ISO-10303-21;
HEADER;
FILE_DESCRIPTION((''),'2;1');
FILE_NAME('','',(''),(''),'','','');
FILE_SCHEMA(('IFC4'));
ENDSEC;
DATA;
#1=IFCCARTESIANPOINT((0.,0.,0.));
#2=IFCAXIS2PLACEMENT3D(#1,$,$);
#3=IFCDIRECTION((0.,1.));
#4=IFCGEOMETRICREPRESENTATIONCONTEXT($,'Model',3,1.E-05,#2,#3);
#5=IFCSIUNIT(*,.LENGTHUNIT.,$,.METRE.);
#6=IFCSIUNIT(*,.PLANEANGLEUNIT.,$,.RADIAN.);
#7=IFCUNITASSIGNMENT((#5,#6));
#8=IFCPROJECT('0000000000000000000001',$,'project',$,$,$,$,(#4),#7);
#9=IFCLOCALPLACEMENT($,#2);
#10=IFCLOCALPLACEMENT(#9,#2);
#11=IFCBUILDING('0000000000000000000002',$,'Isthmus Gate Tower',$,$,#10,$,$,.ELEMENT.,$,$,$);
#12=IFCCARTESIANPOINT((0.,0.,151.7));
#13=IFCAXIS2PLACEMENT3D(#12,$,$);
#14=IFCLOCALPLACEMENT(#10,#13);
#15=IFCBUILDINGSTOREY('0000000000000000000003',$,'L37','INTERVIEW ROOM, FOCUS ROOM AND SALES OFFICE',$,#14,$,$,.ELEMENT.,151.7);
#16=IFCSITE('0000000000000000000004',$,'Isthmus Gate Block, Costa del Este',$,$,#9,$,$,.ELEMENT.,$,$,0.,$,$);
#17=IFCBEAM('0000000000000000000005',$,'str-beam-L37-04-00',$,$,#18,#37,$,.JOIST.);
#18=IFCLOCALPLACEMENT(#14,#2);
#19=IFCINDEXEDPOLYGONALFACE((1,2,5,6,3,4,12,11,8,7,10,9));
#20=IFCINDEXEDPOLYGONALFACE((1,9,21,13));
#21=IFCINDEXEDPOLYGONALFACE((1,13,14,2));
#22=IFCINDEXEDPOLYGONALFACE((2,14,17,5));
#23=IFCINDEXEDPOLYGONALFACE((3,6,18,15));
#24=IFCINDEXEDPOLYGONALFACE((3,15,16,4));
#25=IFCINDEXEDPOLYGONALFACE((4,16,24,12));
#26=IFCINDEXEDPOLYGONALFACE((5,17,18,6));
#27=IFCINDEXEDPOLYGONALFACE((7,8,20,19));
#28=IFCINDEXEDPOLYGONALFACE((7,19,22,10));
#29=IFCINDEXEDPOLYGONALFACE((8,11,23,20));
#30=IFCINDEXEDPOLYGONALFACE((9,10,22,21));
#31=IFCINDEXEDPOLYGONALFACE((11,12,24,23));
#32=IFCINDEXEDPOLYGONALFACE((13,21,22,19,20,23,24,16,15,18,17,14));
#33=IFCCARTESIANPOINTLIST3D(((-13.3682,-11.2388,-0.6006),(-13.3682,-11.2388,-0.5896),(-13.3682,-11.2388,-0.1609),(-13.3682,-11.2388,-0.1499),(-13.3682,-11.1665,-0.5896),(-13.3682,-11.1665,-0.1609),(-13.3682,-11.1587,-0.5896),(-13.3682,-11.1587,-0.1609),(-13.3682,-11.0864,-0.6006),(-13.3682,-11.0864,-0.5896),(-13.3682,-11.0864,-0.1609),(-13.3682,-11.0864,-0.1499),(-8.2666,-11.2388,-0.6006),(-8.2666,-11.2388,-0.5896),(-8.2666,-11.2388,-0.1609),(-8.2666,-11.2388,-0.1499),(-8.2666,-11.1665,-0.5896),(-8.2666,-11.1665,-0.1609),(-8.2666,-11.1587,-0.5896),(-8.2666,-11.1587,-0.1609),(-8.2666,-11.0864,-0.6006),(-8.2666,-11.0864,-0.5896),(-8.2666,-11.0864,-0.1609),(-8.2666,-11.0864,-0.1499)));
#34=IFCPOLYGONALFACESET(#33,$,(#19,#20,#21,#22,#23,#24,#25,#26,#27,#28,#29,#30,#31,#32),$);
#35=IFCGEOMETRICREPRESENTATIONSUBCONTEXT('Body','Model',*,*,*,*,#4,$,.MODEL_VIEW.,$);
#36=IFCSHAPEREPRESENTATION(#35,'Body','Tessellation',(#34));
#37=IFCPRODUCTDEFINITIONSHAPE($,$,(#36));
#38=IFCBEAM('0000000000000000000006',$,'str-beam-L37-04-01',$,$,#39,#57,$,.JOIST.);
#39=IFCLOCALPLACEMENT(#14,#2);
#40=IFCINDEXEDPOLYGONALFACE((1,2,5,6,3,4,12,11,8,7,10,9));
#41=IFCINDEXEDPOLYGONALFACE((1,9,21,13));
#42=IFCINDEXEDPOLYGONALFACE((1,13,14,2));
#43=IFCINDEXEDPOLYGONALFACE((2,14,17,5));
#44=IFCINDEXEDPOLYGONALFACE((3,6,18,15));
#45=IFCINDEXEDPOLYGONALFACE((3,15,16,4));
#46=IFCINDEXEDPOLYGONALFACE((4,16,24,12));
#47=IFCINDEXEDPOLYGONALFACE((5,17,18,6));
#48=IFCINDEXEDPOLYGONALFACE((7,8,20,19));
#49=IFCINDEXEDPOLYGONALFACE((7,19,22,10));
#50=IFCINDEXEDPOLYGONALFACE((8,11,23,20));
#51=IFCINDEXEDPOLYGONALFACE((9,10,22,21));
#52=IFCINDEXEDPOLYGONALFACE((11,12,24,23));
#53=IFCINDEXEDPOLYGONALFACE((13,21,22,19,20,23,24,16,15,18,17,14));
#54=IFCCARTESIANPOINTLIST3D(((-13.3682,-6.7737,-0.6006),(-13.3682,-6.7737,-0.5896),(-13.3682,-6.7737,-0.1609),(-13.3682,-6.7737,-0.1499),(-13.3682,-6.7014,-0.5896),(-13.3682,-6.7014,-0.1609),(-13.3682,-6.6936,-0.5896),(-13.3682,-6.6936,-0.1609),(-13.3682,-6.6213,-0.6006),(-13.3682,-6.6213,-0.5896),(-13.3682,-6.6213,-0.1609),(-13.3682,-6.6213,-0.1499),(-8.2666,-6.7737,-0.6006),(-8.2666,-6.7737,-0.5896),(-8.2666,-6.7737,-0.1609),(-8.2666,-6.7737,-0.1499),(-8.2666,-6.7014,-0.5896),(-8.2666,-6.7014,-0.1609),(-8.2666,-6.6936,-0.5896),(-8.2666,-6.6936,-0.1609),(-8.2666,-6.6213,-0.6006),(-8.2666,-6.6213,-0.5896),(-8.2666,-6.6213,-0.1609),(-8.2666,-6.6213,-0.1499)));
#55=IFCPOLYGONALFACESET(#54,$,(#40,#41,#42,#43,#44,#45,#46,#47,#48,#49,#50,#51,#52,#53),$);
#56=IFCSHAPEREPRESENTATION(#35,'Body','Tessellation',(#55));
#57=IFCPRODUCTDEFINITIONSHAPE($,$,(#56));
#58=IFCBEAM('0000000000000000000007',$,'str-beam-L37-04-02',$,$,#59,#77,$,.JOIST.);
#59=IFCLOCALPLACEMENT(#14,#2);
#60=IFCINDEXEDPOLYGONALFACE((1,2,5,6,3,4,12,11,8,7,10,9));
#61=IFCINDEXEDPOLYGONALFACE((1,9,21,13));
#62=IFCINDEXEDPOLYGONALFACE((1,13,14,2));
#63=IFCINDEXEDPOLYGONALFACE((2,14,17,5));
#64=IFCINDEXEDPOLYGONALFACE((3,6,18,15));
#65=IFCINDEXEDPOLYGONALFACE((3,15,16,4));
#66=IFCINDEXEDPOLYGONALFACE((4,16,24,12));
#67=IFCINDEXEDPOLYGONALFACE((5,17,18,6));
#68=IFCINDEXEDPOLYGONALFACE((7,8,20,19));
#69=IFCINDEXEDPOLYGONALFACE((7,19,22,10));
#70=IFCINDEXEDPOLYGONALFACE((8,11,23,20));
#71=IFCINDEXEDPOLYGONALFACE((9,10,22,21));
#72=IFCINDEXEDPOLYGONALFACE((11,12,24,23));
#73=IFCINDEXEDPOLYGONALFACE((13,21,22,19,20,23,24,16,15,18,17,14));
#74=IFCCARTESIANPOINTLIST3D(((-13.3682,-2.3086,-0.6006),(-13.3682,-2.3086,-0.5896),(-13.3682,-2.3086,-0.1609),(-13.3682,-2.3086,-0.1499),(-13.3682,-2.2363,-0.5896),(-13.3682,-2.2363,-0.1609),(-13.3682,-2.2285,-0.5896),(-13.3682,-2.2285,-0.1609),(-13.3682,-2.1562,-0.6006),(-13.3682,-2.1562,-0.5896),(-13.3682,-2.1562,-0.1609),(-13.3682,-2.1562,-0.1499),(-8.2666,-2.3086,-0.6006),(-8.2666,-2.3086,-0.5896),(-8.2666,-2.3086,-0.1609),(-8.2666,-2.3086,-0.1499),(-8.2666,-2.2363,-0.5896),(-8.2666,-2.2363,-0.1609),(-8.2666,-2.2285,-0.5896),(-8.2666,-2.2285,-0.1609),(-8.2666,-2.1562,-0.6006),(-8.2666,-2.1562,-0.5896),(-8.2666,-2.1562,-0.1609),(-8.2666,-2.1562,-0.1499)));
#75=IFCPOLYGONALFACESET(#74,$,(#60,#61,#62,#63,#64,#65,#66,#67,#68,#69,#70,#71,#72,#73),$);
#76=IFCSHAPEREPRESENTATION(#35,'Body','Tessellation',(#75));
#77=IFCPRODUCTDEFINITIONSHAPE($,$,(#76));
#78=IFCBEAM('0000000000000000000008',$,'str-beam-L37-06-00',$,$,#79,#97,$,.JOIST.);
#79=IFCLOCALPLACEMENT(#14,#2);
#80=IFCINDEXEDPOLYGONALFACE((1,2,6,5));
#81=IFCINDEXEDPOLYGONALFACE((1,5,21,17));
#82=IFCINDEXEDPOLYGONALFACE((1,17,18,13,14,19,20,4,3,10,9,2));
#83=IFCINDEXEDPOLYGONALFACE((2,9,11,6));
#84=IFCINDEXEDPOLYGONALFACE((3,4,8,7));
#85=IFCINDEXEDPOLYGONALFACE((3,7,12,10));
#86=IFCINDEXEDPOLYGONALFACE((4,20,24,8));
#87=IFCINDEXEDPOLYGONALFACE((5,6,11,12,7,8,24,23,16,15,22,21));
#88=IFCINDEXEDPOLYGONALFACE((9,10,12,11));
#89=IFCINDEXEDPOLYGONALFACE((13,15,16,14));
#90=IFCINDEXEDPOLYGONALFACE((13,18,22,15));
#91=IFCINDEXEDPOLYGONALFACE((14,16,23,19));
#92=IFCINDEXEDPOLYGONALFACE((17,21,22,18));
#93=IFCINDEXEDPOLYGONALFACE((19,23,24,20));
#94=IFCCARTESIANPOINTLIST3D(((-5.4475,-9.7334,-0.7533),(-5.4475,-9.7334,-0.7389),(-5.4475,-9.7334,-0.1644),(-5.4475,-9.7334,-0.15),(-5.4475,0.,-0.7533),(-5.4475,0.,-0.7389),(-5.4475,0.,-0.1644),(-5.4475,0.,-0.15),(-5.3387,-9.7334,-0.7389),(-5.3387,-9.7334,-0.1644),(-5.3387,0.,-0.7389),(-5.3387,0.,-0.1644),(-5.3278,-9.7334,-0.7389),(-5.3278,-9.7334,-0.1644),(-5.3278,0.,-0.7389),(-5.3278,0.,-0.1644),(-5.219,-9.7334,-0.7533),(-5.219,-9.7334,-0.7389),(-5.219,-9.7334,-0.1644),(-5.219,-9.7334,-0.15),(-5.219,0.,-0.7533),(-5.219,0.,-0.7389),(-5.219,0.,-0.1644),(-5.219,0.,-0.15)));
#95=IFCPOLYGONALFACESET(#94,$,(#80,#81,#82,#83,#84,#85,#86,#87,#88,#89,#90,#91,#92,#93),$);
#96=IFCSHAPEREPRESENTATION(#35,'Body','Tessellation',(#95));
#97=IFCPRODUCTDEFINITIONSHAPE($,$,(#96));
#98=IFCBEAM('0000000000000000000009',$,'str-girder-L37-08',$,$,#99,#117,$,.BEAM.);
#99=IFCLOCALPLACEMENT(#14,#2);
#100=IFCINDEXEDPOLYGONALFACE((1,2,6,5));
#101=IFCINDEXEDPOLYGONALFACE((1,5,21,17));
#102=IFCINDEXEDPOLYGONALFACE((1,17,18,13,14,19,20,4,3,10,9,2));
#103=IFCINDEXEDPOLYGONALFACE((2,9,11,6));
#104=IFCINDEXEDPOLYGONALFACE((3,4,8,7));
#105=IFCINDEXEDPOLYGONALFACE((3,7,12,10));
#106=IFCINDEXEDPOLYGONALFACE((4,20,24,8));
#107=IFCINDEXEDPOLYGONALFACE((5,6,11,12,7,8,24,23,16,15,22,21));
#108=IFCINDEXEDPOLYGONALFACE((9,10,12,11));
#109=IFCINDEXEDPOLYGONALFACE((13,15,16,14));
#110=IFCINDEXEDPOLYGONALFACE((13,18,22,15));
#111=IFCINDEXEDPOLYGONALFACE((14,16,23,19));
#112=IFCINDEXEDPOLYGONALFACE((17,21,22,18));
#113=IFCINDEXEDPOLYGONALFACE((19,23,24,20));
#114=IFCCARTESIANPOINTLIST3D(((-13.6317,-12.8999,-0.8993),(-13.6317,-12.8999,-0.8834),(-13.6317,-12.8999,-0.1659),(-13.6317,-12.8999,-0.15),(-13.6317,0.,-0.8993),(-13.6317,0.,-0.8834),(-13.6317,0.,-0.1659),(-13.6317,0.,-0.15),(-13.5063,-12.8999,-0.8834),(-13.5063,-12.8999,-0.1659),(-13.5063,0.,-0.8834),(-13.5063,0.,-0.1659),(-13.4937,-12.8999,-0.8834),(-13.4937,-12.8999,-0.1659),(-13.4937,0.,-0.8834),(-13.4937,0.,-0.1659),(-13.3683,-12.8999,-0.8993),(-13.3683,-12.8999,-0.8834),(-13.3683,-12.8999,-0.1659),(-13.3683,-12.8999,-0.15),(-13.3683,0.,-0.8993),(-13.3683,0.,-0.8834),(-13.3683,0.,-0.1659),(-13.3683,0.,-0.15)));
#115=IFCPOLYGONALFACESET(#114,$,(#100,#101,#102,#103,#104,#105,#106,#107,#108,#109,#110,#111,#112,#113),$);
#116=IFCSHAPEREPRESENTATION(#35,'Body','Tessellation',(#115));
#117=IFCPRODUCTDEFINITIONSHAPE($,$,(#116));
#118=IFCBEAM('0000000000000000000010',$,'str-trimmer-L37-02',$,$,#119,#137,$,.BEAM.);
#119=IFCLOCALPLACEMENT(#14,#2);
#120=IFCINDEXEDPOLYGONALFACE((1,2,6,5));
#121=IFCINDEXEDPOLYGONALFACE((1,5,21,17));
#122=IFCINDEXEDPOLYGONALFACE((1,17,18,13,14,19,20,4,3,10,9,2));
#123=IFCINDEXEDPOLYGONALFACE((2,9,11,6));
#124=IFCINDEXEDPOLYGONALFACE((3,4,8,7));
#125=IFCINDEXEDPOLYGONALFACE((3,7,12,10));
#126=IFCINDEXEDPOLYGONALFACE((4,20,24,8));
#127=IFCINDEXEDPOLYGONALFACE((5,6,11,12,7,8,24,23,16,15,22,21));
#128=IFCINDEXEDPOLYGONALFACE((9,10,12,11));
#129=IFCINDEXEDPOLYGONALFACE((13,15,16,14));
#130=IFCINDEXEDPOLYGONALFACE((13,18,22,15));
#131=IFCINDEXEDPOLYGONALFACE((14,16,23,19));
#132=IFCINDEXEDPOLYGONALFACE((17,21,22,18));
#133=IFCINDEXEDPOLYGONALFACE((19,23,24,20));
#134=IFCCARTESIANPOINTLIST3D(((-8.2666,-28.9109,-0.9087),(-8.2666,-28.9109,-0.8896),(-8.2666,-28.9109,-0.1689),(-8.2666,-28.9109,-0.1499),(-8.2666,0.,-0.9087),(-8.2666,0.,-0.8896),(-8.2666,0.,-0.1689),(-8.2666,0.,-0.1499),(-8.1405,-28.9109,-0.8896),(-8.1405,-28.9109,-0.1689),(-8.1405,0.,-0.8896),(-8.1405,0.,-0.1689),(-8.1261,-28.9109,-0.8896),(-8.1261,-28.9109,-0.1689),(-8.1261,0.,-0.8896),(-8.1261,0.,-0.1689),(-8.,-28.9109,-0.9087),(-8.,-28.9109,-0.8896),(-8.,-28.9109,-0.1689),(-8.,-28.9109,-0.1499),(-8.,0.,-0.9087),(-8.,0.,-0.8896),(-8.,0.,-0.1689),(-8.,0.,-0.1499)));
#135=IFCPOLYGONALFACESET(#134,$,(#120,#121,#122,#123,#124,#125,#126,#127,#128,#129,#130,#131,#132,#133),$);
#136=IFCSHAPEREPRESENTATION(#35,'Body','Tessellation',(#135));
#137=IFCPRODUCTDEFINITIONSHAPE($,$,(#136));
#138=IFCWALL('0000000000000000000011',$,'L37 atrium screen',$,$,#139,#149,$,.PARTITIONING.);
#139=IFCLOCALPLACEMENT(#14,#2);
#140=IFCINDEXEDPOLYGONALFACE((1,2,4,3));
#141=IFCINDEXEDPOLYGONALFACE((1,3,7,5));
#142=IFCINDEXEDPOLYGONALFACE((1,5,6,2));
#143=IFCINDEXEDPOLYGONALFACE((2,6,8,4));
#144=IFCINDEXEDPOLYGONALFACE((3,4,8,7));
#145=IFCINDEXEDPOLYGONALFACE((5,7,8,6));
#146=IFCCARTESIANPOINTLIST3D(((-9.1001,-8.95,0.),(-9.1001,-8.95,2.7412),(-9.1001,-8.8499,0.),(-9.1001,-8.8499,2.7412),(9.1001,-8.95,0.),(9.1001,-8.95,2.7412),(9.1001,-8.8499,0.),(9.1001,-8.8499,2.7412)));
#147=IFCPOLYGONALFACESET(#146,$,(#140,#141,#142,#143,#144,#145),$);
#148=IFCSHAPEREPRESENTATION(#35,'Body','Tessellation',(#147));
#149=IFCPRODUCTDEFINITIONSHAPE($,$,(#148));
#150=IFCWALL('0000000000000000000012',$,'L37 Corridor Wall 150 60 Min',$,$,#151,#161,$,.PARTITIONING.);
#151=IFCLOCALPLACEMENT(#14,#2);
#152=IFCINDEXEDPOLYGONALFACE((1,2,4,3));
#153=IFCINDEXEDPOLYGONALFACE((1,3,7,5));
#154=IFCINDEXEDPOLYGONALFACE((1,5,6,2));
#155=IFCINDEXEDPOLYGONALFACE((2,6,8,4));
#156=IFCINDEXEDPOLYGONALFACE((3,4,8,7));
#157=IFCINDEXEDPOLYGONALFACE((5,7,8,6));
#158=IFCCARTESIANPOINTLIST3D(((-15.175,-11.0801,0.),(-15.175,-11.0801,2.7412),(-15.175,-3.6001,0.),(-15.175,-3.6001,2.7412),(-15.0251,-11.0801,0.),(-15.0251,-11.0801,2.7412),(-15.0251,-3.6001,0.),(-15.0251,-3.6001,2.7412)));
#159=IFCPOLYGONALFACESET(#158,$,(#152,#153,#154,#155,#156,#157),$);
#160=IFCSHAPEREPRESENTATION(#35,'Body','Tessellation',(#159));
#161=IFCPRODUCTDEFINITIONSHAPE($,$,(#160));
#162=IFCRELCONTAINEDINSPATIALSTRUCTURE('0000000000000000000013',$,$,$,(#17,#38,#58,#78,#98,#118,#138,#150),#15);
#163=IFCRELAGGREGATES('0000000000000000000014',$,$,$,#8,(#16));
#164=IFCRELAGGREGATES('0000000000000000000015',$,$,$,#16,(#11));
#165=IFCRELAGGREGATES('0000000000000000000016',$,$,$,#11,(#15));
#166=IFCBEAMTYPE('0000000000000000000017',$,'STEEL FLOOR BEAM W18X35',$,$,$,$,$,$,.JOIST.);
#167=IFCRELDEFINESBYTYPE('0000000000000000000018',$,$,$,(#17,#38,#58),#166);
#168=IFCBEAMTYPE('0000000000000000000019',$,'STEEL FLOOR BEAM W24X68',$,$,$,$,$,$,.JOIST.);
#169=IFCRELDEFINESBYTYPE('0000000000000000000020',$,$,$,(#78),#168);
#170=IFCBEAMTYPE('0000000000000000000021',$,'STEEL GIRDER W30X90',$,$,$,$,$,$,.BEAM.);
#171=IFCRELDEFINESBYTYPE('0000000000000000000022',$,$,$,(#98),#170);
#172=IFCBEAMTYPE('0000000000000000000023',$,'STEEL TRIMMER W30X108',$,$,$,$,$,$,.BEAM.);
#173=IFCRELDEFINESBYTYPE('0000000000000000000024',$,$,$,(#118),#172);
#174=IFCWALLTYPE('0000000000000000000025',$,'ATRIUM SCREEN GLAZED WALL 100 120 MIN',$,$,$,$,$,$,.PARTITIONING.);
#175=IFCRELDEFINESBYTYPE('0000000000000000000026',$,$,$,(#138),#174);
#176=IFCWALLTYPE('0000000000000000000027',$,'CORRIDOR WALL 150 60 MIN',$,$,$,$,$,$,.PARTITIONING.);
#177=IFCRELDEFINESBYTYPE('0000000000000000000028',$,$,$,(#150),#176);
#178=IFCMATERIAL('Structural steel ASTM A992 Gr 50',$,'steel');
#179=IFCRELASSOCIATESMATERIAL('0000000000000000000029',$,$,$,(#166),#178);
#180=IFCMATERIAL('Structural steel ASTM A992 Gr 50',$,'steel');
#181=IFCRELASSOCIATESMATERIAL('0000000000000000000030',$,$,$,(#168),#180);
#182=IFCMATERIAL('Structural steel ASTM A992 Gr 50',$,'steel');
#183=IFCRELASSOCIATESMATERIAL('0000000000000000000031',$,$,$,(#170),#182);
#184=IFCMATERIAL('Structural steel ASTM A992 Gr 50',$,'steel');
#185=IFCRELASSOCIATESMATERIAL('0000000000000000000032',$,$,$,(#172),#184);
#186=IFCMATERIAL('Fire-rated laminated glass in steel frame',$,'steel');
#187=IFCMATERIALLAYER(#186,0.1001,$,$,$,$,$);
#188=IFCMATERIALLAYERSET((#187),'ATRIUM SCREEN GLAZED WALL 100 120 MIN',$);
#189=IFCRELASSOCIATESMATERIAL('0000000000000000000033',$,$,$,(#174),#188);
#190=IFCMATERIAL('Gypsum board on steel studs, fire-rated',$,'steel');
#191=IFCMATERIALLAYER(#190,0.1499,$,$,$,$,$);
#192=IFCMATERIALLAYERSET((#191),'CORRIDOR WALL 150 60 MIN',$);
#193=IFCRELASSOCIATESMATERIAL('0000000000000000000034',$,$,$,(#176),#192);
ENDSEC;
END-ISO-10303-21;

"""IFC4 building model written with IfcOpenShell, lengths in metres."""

from ifc_helpers import new_model, si_unit, direction, frame, frame_2d, origin, origin_2d, place, context, subcontext, project, spatial, rectangle, i_section, extrude, material, layer, layer_set, material_profile, profile_set, type_object, element, save


model = new_model("IFC4")

# Units and contexts
model_context = context("Model", 3, precision=1e-05, world=origin(), true_north=direction((0.0, 1.0)))
body_context = subcontext(model_context, "Body", "Model", "MODEL_VIEW")
ifc_project = project(units=[si_unit("LENGTHUNIT", "METRE"), si_unit("PLANEANGLEUNIT", "RADIAN")], contexts=[model_context])

# Site, building, storey
site_placement = place(None, origin())
site = spatial("IfcSite", under=ifc_project, at=site_placement, Name="Isthmus Gate Block, Costa del Este", CompositionType="ELEMENT", RefElevation=0.0)
building_placement = place(site_placement, origin())
building = spatial("IfcBuilding", under=site, at=building_placement, Name="Isthmus Gate Tower", CompositionType="ELEMENT")
storey_placement = place(building_placement, frame((0.0, 0.0, 151.7)))
storey = spatial("IfcBuildingStorey", under=building, at=storey_placement, Name="L37", Description="INTERVIEW ROOM, FOCUS ROOM AND SALES OFFICE", CompositionType="ELEMENT", Elevation=151.7)

# Beams
ifc_material_1 = material(Name="Structural steel ASTM A992 Gr 50", Category="steel")
ifc_material_profile_1 = material_profile(ifc_material_1, i_section(OverallWidth=0.1523, OverallDepth=0.4507, WebThickness=0.0078, FlangeThickness=0.011, at=origin_2d()), Name="W18X35")
ifc_profile_set_1 = profile_set([ifc_material_profile_1], Name="Structural steel ASTM A992 Gr 50")
beam_type_1 = type_object("IfcBeamType", Name="STEEL FLOOR BEAM W18X35", PredefinedType="JOIST", material=ifc_profile_set_1)
for number, where, z_axis, x_axis, name in (
    (1, (-13.3682, -11.1626, -0.3752), (1.0, 0.0, 0.0), (0.0, 1.0, 0.0), "str-beam-L37-04-00"),
    (2, (-13.3682, -6.6975, -0.3752), (1.0, 0.0, 0.0), (0.0, 1.0, 0.0), "str-beam-L37-04-01"),
    (3, (-13.3682, -2.2324, -0.3752), (1.0, 0.0, 0.0), (0.0, 1.0, 0.0), "str-beam-L37-04-02"),
):
    element("IfcBeam", number, at=place(storey_placement, frame(where, z_axis=z_axis, x_axis=x_axis)), inside=storey, type_object=beam_type_1, Name=name, PredefinedType="JOIST", context=body_context, shape_type="SweptSolid", body=[
        extrude(i_section(OverallWidth=0.1523, OverallDepth=0.4507, WebThickness=0.0078, FlangeThickness=0.011, at=origin_2d()), origin(), (0.0, 0.0, 1.0), 5.1016),
    ])
ifc_material_2 = material(Name="Structural steel ASTM A992 Gr 50", Category="steel")
ifc_material_profile_2 = material_profile(ifc_material_2, i_section(OverallWidth=0.2285, OverallDepth=0.6033, WebThickness=0.011, FlangeThickness=0.0144, at=origin_2d()), Name="W24X68")
ifc_profile_set_2 = profile_set([ifc_material_profile_2], Name="Structural steel ASTM A992 Gr 50")
beam_type_2 = type_object("IfcBeamType", Name="STEEL FLOOR BEAM W24X68", PredefinedType="JOIST", material=ifc_profile_set_2)
beam_1_placement = place(storey_placement, frame((-5.3333, -9.7334, -0.4517), z_axis=(0.0, 1.0, 0.0), x_axis=(-1.0, 0.0, 0.0)))
element("IfcBeam", 4, at=beam_1_placement, inside=storey, type_object=beam_type_2, Name="str-beam-L37-06-00", PredefinedType="JOIST", context=body_context, shape_type="SweptSolid", body=[
    extrude(i_section(OverallWidth=0.2285, OverallDepth=0.6033, WebThickness=0.011, FlangeThickness=0.0144, at=origin_2d()), origin(), (0.0, 0.0, 1.0), 9.7334),
])
ifc_material_3 = material(Name="Structural steel ASTM A992 Gr 50", Category="steel")
ifc_material_profile_3 = material_profile(ifc_material_3, i_section(OverallWidth=0.2634, OverallDepth=0.7493, WebThickness=0.0127, FlangeThickness=0.0159, at=origin_2d()), Name="W30X90")
ifc_profile_set_3 = profile_set([ifc_material_profile_3], Name="Structural steel ASTM A992 Gr 50")
beam_type_3 = type_object("IfcBeamType", Name="STEEL GIRDER W30X90", PredefinedType="BEAM", material=ifc_profile_set_3)
beam_2_placement = place(storey_placement, frame((-13.5, -12.8999, -0.5247), z_axis=(0.0, 1.0, 0.0), x_axis=(-1.0, 0.0, 0.0)))
element("IfcBeam", 5, at=beam_2_placement, inside=storey, type_object=beam_type_3, Name="str-girder-L37-08", PredefinedType="BEAM", context=body_context, shape_type="SweptSolid", body=[
    extrude(i_section(OverallWidth=0.2634, OverallDepth=0.7493, WebThickness=0.0127, FlangeThickness=0.0159, at=origin_2d()), origin(), (0.0, 0.0, 1.0), 12.8999),
])
ifc_material_4 = material(Name="Structural steel ASTM A992 Gr 50", Category="steel")
ifc_material_profile_4 = material_profile(ifc_material_4, i_section(OverallWidth=0.2666, OverallDepth=0.7588, WebThickness=0.0144, FlangeThickness=0.019, at=origin_2d()), Name="W30X108")
ifc_profile_set_4 = profile_set([ifc_material_profile_4], Name="Structural steel ASTM A992 Gr 50")
beam_type_4 = type_object("IfcBeamType", Name="STEEL TRIMMER W30X108", PredefinedType="BEAM", material=ifc_profile_set_4)
beam_3_placement = place(storey_placement, frame((-8.1333, 0.0, -0.5293), z_axis=(0.0, -1.0, 0.0), x_axis=(1.0, 0.0, 0.0)))
element("IfcBeam", 6, at=beam_3_placement, inside=storey, type_object=beam_type_4, Name="str-trimmer-L37-02", PredefinedType="BEAM", context=body_context, shape_type="SweptSolid", body=[
    extrude(i_section(OverallWidth=0.2666, OverallDepth=0.7588, WebThickness=0.0144, FlangeThickness=0.019, at=origin_2d()), origin(), (0.0, 0.0, 1.0), 28.9109),
])

# Walls
ifc_material_5 = material(Name="Fire-rated laminated glass in steel frame", Category="steel")
ifc_layer_1 = layer(ifc_material_5, 0.1001)
ifc_layer_set_1 = layer_set([ifc_layer_1], Name="ATRIUM SCREEN GLAZED WALL 100 120 MIN")
wall_type_1 = type_object("IfcWallType", Name="ATRIUM SCREEN GLAZED WALL 100 120 MIN", PredefinedType="PARTITIONING", material=ifc_layer_set_1)
wall_1_placement = place(storey_placement, frame((-9.1001, -8.8999, 0.0), z_axis=(0.0, 0.0, 1.0), x_axis=(1.0, 0.0, 0.0)))
element("IfcWall", 7, at=wall_1_placement, inside=storey, type_object=wall_type_1, Name="L37 atrium screen", PredefinedType="PARTITIONING", context=body_context, shape_type="SweptSolid", body=[
    extrude(rectangle(XDim=18.2002, YDim=0.1001, at=frame_2d((9.1001, 0.0))), origin(), (0.0, 0.0, 1.0), 2.7412),
])
ifc_material_6 = material(Name="Gypsum board on steel studs, fire-rated", Category="steel")
ifc_layer_2 = layer(ifc_material_6, 0.1499)
ifc_layer_set_2 = layer_set([ifc_layer_2], Name="CORRIDOR WALL 150 60 MIN")
wall_type_2 = type_object("IfcWallType", Name="CORRIDOR WALL 150 60 MIN", PredefinedType="PARTITIONING", material=ifc_layer_set_2)
wall_2_placement = place(storey_placement, frame((-15.1001, -3.6001, 0.0), z_axis=(0.0, 0.0, 1.0), x_axis=(0.0, -1.0, 0.0)))
element("IfcWall", 8, at=wall_2_placement, inside=storey, type_object=wall_type_2, Name="L37 Corridor Wall 150 60 Min", PredefinedType="PARTITIONING", context=body_context, shape_type="SweptSolid", body=[
    extrude(rectangle(XDim=7.48, YDim=0.1499, at=frame_2d((3.74, 0.0))), origin(), (0.0, 0.0, 1.0), 2.7412),
])

save(model, "model.ifc")
